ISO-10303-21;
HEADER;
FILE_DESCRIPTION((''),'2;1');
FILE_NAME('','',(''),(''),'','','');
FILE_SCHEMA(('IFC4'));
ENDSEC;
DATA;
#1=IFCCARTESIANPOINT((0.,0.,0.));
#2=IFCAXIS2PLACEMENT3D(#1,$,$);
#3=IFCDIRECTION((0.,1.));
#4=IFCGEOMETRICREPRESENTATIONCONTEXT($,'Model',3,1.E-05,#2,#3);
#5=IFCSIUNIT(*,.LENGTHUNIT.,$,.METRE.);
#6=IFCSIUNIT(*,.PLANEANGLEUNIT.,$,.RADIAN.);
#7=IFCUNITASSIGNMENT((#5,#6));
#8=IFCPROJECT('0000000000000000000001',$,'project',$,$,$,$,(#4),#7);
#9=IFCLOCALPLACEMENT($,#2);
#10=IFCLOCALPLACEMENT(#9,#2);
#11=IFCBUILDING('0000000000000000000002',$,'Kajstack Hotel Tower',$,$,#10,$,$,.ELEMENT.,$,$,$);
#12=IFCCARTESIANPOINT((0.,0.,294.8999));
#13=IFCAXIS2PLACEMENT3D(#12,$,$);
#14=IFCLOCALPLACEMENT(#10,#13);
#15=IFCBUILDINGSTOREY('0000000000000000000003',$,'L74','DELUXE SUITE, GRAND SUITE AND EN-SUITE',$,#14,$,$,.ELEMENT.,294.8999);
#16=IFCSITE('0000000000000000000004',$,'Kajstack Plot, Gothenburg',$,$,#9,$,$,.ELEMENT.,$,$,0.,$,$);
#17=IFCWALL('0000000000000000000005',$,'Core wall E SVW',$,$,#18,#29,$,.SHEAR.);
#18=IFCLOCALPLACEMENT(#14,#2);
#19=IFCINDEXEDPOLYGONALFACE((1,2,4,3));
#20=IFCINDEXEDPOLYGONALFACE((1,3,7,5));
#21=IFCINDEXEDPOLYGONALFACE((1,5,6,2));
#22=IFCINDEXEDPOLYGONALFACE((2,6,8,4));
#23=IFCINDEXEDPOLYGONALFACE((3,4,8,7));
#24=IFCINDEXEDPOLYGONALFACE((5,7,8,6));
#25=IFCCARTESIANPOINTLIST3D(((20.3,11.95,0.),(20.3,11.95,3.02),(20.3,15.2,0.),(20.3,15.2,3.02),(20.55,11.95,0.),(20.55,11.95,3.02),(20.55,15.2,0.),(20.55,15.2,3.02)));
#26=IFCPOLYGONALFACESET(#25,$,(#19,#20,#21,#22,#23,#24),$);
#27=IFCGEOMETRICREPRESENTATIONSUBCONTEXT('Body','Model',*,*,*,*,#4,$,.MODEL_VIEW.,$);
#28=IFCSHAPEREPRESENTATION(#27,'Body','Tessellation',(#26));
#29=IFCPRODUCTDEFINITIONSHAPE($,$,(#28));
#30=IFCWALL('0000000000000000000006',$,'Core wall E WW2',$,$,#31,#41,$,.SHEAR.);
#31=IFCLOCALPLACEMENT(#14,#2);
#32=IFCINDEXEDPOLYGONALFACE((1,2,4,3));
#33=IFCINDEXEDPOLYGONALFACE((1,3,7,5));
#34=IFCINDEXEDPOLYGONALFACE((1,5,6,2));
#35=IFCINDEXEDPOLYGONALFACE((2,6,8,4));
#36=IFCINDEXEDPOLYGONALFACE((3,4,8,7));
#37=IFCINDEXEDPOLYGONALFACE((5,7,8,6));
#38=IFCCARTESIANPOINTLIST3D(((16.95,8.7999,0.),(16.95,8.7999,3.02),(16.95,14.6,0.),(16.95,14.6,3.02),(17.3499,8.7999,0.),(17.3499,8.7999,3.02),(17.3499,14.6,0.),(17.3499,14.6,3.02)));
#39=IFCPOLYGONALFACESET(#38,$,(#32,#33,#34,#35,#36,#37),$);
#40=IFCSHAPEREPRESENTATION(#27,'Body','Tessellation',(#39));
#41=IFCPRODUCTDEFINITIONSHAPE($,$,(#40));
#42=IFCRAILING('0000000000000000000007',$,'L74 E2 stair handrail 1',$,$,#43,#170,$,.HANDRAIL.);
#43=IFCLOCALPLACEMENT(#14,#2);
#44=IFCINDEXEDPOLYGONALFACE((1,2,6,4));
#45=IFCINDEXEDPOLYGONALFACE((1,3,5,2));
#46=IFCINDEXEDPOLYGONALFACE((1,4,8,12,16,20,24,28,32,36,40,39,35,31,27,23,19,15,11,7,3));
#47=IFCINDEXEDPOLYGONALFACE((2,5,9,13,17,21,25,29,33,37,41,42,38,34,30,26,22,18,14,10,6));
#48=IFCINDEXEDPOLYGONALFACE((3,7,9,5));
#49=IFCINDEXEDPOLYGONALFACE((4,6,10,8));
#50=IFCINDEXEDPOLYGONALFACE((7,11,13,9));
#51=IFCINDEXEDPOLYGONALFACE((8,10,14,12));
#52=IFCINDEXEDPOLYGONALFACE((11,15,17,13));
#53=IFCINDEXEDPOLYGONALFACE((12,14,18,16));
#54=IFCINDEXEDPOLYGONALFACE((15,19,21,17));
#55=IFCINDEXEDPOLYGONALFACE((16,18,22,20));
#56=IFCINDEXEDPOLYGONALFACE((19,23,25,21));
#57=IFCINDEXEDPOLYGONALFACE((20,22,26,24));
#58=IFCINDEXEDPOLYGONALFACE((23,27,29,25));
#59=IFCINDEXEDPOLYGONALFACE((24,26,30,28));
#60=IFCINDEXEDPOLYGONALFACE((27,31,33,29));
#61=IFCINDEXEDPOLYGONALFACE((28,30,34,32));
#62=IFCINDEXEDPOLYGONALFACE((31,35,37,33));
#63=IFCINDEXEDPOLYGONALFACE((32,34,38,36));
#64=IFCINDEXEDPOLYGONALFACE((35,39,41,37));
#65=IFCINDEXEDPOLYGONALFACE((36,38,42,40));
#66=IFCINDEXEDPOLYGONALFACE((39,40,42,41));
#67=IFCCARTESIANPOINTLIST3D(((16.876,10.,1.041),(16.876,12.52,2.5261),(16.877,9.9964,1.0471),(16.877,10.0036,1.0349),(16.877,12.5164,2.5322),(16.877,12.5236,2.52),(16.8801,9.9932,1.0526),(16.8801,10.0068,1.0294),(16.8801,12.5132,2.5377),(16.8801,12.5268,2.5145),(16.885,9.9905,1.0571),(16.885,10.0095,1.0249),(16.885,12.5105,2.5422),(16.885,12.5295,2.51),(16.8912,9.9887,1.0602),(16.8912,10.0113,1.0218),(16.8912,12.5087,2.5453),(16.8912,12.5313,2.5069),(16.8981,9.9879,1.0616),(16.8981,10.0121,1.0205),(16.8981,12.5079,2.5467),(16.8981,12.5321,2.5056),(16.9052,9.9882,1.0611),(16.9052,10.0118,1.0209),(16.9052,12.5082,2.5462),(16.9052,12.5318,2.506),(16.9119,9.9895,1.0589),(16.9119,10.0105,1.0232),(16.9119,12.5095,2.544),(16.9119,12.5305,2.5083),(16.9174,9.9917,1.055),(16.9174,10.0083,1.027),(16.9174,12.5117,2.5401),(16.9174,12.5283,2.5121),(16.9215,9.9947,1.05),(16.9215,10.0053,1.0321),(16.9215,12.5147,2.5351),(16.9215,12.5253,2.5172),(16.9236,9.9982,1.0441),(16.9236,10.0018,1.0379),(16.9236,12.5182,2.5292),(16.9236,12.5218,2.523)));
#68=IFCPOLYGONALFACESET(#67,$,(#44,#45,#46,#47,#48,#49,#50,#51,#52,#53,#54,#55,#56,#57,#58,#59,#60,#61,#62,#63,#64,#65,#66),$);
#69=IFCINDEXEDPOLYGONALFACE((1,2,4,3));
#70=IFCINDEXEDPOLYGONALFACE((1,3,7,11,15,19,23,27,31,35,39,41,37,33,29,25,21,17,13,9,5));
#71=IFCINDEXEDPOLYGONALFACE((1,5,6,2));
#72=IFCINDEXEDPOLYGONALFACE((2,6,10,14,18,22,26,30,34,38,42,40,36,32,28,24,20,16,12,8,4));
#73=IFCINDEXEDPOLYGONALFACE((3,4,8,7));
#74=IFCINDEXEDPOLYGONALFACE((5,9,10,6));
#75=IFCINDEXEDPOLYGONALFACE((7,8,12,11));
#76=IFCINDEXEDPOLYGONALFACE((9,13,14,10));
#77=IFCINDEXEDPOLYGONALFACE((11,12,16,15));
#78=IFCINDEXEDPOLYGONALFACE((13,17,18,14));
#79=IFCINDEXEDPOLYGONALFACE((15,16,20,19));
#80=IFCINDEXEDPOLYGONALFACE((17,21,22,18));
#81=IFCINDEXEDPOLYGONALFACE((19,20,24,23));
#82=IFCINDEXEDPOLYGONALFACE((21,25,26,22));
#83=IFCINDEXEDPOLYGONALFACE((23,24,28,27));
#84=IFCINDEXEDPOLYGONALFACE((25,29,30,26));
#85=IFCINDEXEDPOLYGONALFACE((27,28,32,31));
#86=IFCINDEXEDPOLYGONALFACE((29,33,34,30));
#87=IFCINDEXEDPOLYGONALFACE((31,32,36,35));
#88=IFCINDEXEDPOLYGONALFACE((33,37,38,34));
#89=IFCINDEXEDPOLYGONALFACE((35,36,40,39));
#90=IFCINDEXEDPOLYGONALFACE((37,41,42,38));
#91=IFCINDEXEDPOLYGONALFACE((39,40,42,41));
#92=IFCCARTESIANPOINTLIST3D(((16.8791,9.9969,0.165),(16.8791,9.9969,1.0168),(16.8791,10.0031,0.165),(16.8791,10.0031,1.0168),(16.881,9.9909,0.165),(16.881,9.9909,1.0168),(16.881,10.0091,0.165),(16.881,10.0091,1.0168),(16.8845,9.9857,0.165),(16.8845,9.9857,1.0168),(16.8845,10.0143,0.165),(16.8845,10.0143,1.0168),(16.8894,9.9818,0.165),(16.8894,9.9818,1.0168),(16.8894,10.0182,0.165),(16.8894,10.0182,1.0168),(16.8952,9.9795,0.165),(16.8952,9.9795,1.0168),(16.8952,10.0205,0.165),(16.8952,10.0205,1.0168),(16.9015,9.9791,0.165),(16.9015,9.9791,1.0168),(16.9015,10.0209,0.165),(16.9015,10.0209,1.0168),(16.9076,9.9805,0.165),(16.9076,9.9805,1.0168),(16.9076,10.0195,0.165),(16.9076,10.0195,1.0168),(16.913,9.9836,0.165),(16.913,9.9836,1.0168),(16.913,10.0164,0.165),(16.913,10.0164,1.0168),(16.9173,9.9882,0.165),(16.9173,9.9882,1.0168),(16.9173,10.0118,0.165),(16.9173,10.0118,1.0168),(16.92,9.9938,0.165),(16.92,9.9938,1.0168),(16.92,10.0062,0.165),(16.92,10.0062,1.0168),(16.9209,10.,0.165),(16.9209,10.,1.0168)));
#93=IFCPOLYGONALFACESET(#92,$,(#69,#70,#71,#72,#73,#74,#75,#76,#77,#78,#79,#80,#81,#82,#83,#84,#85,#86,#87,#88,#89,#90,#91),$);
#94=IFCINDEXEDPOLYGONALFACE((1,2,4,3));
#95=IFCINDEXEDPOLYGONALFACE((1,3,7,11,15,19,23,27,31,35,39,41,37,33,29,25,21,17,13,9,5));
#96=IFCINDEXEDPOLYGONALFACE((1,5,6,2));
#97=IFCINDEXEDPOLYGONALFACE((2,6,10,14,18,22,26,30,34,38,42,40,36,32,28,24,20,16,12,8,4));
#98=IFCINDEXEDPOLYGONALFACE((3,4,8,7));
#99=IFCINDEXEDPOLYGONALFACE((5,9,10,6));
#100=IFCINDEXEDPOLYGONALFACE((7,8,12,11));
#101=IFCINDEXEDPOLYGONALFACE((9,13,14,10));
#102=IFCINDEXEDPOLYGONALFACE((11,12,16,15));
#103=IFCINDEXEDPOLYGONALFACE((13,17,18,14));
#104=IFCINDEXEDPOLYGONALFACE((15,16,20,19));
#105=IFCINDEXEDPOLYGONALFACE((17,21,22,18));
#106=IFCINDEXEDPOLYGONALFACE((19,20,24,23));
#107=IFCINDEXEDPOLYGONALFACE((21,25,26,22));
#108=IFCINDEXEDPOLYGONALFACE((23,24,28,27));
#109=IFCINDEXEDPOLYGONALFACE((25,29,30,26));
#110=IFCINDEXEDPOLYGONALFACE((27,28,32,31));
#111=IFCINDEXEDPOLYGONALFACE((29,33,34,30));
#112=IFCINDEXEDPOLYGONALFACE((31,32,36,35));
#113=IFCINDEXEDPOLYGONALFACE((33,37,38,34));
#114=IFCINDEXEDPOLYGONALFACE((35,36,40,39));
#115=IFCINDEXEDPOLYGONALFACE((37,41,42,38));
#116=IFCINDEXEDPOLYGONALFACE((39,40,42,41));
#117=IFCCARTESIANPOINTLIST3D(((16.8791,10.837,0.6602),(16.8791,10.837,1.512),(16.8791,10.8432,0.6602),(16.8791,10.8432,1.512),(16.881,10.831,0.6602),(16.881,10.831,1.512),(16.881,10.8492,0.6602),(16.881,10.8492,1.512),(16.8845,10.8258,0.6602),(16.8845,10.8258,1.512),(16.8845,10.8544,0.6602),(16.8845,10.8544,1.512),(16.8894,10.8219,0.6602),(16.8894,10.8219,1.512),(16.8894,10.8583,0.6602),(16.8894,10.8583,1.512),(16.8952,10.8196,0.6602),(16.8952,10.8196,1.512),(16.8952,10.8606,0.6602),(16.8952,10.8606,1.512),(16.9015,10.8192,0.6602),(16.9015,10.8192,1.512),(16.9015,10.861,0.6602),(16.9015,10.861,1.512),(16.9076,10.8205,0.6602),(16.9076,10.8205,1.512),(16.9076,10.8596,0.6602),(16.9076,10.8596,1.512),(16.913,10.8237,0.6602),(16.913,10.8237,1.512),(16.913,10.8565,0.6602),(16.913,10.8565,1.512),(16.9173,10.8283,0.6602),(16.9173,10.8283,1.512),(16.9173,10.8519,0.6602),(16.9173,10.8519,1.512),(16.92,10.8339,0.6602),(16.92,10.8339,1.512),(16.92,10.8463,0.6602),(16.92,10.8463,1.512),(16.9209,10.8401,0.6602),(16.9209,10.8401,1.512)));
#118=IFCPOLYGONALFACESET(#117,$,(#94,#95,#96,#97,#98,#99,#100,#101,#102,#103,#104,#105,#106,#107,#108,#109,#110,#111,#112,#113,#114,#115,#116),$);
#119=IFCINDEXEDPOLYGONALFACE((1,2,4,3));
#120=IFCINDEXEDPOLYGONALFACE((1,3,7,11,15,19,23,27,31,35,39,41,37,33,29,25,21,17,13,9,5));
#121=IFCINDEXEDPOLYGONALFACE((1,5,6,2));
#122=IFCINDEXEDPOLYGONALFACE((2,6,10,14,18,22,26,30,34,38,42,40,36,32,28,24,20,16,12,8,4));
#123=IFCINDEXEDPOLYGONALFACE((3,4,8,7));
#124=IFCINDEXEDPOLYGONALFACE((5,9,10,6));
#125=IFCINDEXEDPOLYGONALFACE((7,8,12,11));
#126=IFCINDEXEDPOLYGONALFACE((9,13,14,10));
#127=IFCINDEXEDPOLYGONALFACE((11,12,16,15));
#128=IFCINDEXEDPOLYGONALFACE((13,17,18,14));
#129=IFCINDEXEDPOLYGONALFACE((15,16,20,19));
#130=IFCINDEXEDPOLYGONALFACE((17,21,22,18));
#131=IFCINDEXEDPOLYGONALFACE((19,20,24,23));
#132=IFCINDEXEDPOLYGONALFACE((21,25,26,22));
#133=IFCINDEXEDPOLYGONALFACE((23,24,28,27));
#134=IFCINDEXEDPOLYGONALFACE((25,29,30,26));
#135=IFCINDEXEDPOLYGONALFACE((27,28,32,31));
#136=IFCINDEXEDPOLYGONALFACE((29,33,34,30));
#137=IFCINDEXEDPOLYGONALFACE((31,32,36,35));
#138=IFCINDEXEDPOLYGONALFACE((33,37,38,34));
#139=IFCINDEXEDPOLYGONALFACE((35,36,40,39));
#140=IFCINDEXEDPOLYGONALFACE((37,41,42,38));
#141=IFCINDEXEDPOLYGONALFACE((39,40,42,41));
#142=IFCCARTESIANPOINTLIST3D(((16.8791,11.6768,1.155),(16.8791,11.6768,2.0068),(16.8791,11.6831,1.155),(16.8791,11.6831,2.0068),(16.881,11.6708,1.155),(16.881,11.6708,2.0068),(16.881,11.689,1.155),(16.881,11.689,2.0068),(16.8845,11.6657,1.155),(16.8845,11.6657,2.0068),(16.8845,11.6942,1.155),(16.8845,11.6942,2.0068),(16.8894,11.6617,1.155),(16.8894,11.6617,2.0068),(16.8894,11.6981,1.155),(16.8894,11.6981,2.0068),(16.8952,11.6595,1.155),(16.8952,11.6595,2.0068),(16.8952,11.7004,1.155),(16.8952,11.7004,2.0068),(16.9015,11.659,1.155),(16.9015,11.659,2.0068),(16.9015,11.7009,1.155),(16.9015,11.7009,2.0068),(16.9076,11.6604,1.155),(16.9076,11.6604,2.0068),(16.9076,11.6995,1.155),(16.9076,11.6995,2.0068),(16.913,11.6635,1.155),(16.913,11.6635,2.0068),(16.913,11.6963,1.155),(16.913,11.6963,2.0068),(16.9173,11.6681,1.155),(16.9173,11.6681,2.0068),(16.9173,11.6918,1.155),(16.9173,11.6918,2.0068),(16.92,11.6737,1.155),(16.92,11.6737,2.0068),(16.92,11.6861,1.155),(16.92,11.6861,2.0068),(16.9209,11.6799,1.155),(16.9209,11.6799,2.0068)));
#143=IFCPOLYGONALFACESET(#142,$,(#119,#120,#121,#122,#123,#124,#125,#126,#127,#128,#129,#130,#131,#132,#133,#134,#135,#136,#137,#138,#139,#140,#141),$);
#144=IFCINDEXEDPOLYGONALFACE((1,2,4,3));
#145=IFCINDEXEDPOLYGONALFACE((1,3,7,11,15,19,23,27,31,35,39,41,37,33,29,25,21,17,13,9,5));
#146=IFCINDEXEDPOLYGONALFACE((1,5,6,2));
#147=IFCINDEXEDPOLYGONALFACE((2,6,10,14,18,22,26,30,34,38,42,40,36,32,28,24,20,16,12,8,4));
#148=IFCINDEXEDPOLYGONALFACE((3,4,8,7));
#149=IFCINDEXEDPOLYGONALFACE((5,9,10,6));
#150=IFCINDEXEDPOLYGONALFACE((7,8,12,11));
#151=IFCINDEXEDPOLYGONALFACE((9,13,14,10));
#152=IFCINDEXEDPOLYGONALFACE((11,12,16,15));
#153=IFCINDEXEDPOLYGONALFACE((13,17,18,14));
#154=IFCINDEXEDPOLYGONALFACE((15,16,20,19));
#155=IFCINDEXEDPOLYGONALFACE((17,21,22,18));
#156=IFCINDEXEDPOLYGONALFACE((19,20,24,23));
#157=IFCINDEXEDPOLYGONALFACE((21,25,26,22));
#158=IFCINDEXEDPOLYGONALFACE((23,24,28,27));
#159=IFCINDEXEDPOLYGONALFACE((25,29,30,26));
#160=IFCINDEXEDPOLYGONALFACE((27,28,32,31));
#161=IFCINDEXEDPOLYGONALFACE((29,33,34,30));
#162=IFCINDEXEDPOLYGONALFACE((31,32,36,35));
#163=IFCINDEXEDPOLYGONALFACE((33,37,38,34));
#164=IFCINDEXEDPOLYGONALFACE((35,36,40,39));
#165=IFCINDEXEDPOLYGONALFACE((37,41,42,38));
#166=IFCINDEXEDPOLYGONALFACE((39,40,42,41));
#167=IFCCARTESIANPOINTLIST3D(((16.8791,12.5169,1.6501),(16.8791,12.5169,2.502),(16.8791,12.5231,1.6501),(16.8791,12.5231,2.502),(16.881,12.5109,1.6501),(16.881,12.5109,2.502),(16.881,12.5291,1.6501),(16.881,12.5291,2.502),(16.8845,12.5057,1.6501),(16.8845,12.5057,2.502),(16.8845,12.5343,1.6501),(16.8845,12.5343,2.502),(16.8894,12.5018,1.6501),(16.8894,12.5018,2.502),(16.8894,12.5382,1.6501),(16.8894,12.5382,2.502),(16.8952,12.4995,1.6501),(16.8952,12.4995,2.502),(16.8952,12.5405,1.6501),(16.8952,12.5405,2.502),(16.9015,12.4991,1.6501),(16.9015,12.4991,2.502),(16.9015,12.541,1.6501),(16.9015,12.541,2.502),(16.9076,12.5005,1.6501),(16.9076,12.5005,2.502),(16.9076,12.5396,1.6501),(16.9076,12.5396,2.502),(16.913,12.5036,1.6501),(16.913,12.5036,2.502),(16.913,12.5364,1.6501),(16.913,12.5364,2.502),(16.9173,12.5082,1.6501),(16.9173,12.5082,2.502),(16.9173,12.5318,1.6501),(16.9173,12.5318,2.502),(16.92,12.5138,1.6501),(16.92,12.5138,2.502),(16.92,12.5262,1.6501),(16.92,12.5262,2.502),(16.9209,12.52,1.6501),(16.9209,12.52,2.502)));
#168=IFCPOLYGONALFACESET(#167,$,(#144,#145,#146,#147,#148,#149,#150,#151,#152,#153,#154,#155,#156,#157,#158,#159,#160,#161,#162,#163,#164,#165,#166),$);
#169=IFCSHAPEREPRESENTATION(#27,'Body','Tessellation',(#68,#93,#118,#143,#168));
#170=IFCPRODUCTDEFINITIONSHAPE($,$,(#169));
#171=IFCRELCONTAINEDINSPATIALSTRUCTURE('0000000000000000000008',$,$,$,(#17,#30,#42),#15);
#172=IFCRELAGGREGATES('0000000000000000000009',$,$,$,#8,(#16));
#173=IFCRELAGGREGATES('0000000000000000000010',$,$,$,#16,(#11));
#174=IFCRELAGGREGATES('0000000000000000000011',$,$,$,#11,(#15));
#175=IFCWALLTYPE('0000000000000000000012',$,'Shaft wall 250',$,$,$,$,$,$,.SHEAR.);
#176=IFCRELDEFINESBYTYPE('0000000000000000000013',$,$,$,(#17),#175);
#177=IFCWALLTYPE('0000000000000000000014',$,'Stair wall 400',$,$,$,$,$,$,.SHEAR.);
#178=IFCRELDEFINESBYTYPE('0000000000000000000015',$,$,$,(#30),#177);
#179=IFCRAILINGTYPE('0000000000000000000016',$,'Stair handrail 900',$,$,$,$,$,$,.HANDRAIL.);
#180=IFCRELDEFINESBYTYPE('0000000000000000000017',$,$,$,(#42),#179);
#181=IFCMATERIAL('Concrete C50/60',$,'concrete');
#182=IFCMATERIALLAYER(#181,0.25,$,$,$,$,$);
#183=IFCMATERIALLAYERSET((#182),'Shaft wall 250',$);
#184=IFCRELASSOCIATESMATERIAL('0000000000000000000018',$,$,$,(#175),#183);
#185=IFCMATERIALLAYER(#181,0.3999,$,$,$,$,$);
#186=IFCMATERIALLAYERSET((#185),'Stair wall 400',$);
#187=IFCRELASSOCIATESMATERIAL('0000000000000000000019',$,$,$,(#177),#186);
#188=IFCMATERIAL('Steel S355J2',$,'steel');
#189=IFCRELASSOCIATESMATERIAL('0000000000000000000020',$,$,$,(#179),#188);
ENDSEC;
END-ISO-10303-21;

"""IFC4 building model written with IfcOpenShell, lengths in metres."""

from ifc_helpers import new_model, si_unit, direction, frame, frame_2d, origin, origin_2d, place, context, subcontext, project, spatial, rectangle, circle, extrude, material, layer, layer_set, type_object, element, save


model = new_model("IFC4")

# Units and contexts
model_context = context("Model", 3, precision=1e-05, world=origin(), true_north=direction((0.0, 1.0)))
body_context = subcontext(model_context, "Body", "Model", "MODEL_VIEW")
ifc_project = project(units=[si_unit("LENGTHUNIT", "METRE"), si_unit("PLANEANGLEUNIT", "RADIAN")], contexts=[model_context])

# Site, building, storey
site_placement = place(None, origin())
site = spatial("IfcSite", under=ifc_project, at=site_placement, Name="Kajstack Plot, Gothenburg", CompositionType="ELEMENT", RefElevation=0.0)
building_placement = place(site_placement, origin())
building = spatial("IfcBuilding", under=site, at=building_placement, Name="Kajstack Hotel Tower", CompositionType="ELEMENT")
storey_placement = place(building_placement, frame((0.0, 0.0, 294.8999)))
storey = spatial("IfcBuildingStorey", under=building, at=storey_placement, Name="L74", Description="DELUXE SUITE, GRAND SUITE AND EN-SUITE", CompositionType="ELEMENT", Elevation=294.8999)

# Shared definitions
ifc_material_1 = material(Name="Concrete C50/60", Category="concrete")
ifc_layer_1 = layer(ifc_material_1, 0.25)
ifc_layer_set_1 = layer_set([ifc_layer_1], Name="Shaft wall 250")
wall_type_1 = type_object("IfcWallType", Name="Shaft wall 250", PredefinedType="SHEAR", material=ifc_layer_set_1)

# Walls
wall_1_placement = place(storey_placement, frame((20.425, 11.95, 0.0), z_axis=(0.0, 0.0, 1.0), x_axis=(0.0, 1.0, 0.0)))
element("IfcWall", 1, at=wall_1_placement, inside=storey, type_object=wall_type_1, Name="Core wall E SVW", PredefinedType="SHEAR", context=body_context, shape_type="SweptSolid", body=[
    extrude(rectangle(XDim=3.25, YDim=0.25, at=frame_2d((1.625, 0.0))), origin(), (0.0, 0.0, 1.0), 3.02),
])
ifc_layer_2 = layer(ifc_material_1, 0.3999)
ifc_layer_set_2 = layer_set([ifc_layer_2], Name="Stair wall 400")
wall_type_2 = type_object("IfcWallType", Name="Stair wall 400", PredefinedType="SHEAR", material=ifc_layer_set_2)
wall_2_placement = place(storey_placement, frame((17.1499, 8.8, 0.0), z_axis=(0.0, 0.0, 1.0), x_axis=(0.0, 1.0, 0.0)))
element("IfcWall", 2, at=wall_2_placement, inside=storey, type_object=wall_type_2, Name="Core wall E WW2", PredefinedType="SHEAR", context=body_context, shape_type="SweptSolid", body=[
    extrude(rectangle(XDim=5.8, YDim=0.3999, at=frame_2d((2.8999, 0.0))), origin(), (0.0, 0.0, 1.0), 3.02),
])

# Railing
ifc_material_2 = material(Name="Steel S355J2", Category="steel")
railing_type_1 = type_object("IfcRailingType", Name="Stair handrail 900", PredefinedType="HANDRAIL", material=ifc_material_2)
railing_1_placement = place(storey_placement, frame((16.8999, 10.0, 0.165)))
element("IfcRailing", 3, at=railing_1_placement, inside=storey, type_object=railing_type_1, Name="L74 E2 stair handrail 1", PredefinedType="HANDRAIL", context=body_context, shape_type="SweptSolid", body=[
    extrude(circle(Radius=0.0239, at=origin_2d()), frame((0.0, 0.0, 0.876), z_axis=(0.0, 0.861524, 0.507717), x_axis=(-1.0, 0.0, 0.0)), (0.0, 0.0, 1.0), 2.925),
    extrude(circle(Radius=0.021, at=origin_2d()), origin(), (0.0, 0.0, 1.0), 0.8518),
    extrude(circle(Radius=0.021, at=origin_2d()), frame((0.0, 0.8401, 0.4951)), (0.0, 0.0, 1.0), 0.8518),
    extrude(circle(Radius=0.021, at=origin_2d()), frame((0.0, 1.6799, 0.99)), (0.0, 0.0, 1.0), 0.8518),
    extrude(circle(Radius=0.021, at=origin_2d()), frame((0.0, 2.52, 1.4851)), (0.0, 0.0, 1.0), 0.8518),
])

save(model, "model.ifc")
